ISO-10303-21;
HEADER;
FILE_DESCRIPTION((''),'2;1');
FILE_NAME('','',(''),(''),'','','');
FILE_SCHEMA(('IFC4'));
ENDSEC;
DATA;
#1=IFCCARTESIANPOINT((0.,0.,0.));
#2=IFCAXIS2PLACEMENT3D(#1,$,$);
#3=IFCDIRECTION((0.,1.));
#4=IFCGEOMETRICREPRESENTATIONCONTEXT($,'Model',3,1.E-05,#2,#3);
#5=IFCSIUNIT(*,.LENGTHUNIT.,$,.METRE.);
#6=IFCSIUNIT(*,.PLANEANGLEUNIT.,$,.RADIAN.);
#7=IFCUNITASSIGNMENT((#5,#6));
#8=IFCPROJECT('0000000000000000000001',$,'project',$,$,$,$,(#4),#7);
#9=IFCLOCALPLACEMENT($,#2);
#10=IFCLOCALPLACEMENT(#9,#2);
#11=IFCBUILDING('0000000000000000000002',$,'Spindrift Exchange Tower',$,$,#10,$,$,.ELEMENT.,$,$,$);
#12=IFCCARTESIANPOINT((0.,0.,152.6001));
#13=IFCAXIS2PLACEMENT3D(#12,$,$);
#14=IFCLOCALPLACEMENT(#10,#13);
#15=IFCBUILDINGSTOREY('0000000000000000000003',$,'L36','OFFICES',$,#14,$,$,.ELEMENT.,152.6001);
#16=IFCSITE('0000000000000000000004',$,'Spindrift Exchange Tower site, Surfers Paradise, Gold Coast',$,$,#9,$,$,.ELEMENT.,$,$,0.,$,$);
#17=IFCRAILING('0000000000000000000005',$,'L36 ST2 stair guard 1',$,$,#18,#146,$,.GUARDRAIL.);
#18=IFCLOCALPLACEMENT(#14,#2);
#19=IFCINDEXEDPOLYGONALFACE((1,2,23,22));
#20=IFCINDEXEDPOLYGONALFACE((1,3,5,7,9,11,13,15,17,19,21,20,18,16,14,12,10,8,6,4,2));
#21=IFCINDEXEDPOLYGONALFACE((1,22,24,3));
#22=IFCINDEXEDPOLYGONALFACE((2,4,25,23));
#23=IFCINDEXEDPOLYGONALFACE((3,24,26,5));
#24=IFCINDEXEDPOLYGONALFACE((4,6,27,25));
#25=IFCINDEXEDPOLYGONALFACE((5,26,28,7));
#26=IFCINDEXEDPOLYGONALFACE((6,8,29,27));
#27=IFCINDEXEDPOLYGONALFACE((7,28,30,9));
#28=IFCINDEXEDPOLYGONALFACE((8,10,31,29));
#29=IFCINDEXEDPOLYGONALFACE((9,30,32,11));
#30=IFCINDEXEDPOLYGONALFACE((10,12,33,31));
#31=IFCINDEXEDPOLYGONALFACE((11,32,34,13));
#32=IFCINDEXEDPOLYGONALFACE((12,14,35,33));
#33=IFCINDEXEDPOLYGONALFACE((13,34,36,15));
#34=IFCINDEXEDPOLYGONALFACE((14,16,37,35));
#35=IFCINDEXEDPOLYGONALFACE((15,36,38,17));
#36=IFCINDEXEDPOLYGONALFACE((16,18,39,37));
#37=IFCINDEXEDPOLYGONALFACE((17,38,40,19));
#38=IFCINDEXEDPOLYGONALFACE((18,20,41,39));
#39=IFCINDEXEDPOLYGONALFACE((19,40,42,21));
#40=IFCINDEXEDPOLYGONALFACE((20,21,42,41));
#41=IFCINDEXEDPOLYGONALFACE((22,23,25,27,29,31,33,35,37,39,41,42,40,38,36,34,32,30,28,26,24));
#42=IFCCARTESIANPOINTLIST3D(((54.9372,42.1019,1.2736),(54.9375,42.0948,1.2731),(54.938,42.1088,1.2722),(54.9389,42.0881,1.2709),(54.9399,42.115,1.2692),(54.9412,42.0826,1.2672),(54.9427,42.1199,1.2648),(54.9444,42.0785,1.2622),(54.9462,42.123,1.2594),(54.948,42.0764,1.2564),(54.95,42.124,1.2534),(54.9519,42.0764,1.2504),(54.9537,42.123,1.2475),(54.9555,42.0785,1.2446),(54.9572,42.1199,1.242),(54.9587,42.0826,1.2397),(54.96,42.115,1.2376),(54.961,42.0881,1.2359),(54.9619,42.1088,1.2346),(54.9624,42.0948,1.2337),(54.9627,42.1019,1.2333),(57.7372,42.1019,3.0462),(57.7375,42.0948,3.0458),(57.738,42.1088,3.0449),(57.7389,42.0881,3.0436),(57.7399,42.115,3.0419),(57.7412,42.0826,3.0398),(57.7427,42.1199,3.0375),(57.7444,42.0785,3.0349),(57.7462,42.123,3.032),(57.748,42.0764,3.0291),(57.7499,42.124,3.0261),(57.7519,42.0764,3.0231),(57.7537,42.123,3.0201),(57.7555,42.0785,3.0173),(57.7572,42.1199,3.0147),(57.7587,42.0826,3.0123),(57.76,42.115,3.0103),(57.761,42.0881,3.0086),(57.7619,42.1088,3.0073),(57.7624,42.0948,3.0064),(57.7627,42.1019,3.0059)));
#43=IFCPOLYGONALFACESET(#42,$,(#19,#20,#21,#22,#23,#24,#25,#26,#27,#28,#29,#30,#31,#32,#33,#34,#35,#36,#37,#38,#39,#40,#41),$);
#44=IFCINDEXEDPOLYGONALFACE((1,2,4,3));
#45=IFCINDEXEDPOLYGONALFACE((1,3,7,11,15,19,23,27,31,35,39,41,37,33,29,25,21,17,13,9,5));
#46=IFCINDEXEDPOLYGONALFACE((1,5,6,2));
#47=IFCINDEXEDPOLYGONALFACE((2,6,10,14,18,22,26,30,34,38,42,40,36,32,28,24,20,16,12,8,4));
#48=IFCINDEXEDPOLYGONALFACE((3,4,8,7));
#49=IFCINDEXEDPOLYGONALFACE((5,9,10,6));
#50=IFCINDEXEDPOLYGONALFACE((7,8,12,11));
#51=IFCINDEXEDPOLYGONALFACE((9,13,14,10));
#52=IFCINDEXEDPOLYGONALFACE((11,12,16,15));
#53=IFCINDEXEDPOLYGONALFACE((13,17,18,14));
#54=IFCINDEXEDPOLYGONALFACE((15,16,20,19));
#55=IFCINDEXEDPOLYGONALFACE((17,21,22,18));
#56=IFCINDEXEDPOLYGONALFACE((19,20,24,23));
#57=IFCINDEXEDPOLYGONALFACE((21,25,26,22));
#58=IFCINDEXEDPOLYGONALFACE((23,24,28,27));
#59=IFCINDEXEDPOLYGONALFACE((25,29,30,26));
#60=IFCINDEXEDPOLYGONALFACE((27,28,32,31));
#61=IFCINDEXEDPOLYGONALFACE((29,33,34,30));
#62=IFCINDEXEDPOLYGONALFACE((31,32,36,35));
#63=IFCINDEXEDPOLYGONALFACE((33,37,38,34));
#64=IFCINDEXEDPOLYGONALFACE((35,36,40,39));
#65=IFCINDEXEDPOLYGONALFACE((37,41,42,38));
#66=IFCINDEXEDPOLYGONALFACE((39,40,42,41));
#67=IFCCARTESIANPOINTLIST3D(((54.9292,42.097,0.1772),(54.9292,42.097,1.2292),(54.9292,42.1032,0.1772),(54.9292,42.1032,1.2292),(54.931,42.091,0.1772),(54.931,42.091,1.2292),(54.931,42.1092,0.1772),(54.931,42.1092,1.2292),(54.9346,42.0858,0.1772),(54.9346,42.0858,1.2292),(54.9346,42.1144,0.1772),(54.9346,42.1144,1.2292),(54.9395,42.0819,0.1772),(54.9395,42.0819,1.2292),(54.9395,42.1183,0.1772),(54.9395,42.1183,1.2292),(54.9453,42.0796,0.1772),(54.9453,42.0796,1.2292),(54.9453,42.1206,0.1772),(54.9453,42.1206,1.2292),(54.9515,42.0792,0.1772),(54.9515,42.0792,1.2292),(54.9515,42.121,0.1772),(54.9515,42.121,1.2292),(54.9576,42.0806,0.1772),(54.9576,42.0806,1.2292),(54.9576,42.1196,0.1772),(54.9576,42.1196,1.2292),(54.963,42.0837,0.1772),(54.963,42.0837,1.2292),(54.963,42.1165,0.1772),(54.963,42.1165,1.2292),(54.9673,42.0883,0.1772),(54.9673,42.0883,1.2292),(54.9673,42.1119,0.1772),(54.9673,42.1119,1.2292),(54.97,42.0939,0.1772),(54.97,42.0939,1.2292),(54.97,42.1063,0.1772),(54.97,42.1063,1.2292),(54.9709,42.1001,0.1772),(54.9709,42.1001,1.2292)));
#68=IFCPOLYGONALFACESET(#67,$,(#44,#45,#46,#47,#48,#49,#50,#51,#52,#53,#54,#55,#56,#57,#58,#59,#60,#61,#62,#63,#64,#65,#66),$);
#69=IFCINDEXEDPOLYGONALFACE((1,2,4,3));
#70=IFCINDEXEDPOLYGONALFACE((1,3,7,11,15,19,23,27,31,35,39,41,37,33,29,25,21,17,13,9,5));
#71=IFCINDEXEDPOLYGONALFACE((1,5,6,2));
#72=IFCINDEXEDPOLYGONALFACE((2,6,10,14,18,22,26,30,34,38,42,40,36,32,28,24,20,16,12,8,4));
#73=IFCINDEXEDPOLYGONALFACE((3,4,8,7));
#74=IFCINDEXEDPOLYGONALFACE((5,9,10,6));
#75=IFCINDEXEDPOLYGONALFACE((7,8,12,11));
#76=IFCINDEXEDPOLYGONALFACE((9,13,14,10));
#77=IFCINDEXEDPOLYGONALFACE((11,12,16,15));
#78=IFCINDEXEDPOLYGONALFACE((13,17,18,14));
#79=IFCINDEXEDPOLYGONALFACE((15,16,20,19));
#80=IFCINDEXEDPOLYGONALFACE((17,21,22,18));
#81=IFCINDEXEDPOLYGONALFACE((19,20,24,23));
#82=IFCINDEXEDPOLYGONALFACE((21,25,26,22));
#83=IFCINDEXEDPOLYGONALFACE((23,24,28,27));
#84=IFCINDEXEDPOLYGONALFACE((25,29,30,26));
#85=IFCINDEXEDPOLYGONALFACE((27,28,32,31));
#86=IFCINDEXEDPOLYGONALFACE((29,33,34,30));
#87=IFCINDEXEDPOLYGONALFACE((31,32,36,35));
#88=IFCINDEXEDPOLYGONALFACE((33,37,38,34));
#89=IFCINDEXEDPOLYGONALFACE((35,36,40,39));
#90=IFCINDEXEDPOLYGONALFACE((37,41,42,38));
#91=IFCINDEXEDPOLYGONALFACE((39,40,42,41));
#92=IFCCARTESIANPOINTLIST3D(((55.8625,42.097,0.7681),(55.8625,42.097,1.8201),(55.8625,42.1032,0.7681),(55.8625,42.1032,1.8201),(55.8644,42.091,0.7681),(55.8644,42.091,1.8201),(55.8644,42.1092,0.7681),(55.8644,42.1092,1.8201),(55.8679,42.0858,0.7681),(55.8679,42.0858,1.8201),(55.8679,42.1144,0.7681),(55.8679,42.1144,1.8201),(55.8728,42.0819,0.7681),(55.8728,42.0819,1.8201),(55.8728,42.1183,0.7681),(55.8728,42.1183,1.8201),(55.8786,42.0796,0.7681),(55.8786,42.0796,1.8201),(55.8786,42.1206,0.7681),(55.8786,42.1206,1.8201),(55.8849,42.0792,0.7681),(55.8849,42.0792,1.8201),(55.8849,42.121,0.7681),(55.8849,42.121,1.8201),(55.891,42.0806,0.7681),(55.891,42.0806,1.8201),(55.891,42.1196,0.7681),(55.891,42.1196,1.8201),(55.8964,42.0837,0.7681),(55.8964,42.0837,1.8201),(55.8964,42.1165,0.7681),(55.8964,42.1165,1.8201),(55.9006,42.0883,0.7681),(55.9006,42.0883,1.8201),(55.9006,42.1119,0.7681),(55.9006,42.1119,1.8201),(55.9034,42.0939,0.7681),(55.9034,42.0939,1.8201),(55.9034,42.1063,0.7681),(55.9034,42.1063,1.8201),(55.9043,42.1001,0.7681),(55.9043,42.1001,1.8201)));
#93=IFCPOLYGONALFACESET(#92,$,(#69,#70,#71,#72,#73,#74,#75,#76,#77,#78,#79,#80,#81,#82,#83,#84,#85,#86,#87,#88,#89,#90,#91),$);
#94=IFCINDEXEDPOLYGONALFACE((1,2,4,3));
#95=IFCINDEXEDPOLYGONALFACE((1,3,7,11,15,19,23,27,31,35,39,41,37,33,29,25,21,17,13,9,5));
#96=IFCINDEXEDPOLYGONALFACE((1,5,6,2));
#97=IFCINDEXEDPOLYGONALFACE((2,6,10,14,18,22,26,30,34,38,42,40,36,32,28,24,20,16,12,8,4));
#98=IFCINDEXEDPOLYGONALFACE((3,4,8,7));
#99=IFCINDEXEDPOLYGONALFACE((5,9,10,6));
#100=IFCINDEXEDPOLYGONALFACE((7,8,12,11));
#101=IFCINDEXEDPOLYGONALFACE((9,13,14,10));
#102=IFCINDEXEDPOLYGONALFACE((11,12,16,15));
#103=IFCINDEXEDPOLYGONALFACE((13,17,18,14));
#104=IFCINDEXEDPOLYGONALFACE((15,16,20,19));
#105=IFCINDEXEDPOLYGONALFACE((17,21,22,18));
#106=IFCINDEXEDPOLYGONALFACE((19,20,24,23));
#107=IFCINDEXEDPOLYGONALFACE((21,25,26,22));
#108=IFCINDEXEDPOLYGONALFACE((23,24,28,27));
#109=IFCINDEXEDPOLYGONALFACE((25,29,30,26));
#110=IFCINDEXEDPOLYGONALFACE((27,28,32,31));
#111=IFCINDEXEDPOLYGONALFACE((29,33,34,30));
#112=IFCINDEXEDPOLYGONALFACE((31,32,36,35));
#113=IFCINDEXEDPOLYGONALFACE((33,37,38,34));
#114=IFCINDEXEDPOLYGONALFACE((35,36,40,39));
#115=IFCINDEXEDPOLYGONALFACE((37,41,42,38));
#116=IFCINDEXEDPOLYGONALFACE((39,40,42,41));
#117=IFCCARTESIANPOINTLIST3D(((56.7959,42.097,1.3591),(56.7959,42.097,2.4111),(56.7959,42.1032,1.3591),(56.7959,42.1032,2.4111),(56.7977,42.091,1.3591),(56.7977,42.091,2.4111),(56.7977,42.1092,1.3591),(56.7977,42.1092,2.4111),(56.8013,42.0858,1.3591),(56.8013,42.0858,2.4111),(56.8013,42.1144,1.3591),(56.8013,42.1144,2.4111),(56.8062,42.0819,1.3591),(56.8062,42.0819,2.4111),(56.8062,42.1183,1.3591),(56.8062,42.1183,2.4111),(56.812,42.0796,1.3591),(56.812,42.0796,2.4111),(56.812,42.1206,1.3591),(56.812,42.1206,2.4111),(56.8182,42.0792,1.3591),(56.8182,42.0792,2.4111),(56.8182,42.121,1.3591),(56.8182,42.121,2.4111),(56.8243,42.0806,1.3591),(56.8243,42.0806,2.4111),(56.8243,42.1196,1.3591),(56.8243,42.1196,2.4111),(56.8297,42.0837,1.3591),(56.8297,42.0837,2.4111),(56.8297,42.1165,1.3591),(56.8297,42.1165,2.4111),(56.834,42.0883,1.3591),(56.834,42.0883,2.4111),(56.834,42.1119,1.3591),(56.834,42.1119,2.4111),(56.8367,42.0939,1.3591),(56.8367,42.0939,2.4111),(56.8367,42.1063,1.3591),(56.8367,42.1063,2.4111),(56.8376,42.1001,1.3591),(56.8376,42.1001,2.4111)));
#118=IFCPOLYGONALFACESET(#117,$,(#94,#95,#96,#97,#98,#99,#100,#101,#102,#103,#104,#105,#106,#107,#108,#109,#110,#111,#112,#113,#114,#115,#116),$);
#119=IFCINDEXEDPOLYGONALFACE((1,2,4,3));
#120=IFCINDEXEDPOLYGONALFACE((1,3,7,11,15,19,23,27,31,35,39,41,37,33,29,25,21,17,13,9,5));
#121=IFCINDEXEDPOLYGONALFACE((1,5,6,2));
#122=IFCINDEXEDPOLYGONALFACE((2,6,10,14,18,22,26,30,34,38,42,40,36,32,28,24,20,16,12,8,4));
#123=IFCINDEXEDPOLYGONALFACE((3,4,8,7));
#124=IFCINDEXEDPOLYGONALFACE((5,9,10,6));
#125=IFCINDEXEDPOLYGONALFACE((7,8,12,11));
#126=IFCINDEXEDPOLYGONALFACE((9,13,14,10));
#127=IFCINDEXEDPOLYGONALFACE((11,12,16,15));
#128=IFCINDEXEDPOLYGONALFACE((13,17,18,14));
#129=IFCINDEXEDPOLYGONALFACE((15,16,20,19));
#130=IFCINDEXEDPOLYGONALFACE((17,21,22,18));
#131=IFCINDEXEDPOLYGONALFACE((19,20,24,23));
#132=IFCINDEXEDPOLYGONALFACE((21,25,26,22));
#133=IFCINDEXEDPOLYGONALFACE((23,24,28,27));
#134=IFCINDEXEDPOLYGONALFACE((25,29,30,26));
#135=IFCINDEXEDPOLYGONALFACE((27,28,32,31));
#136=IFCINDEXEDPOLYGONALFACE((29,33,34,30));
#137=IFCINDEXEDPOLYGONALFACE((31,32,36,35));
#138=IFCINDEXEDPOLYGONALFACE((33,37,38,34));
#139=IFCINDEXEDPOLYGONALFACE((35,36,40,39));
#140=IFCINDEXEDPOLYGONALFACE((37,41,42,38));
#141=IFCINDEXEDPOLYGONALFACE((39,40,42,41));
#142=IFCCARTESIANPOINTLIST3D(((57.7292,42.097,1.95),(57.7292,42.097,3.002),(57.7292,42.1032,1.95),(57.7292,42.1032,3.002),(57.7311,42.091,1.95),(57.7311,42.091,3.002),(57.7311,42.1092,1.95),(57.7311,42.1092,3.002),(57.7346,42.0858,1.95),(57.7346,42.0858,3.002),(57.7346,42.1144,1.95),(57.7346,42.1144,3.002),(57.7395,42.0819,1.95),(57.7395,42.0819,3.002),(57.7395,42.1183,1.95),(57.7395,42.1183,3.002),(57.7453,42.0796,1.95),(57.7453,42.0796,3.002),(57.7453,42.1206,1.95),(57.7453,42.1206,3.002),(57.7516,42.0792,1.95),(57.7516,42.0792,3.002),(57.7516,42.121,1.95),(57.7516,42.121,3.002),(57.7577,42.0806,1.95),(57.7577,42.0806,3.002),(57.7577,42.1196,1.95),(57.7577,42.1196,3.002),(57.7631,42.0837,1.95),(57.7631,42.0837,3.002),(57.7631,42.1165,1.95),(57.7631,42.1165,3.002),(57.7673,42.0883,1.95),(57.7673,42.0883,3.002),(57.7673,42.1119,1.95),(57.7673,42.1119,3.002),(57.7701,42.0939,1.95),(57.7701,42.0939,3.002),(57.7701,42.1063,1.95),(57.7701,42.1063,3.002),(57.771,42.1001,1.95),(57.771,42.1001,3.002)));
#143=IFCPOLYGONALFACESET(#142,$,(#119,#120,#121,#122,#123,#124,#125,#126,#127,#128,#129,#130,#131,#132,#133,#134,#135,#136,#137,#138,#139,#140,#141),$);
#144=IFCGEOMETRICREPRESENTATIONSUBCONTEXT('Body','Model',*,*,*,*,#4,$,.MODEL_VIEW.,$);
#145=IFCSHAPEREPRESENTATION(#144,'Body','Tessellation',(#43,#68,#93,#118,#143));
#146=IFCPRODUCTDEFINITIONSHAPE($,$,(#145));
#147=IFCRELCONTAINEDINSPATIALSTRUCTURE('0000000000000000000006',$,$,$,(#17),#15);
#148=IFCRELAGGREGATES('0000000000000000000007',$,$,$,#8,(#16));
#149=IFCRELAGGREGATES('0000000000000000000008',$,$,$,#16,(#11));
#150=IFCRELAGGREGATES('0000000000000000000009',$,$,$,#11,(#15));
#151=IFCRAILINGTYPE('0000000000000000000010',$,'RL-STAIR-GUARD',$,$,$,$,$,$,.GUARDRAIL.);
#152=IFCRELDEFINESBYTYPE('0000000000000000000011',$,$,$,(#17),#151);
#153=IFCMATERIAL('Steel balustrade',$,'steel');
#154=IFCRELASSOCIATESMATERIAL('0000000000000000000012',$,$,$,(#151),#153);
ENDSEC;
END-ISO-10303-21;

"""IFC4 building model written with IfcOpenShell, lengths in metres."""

from ifc_helpers import new_model, si_unit, direction, frame, origin, origin_2d, place, context, subcontext, project, spatial, circle, extrude, material, type_object, element, save


model = new_model("IFC4")

# Units and contexts
model_context = context("Model", 3, precision=1e-05, world=origin(), true_north=direction((0.0, 1.0)))
body_context = subcontext(model_context, "Body", "Model", "MODEL_VIEW")
ifc_project = project(units=[si_unit("LENGTHUNIT", "METRE"), si_unit("PLANEANGLEUNIT", "RADIAN")], contexts=[model_context])

# Site, building, storey
site_placement = place(None, origin())
site = spatial("IfcSite", under=ifc_project, at=site_placement, Name="Spindrift Exchange Tower site, Surfers Paradise, Gold Coast", CompositionType="ELEMENT", RefElevation=0.0)
building_placement = place(site_placement, origin())
building = spatial("IfcBuilding", under=site, at=building_placement, Name="Spindrift Exchange Tower", CompositionType="ELEMENT")
storey_placement = place(building_placement, frame((0.0, 0.0, 152.6001)))
storey = spatial("IfcBuildingStorey", under=building, at=storey_placement, Name="L36", Description="OFFICES", CompositionType="ELEMENT", Elevation=152.6001)

# Railing
ifc_material_1 = material(Name="Steel balustrade", Category="steel")
railing_type_1 = type_object("IfcRailingType", Name="RL-STAIR-GUARD", PredefinedType="GUARDRAIL", material=ifc_material_1)
railing_1_placement = place(storey_placement, frame((54.95, 42.1001, 0.1772)))
element("IfcRailing", 1, at=railing_1_placement, inside=storey, type_object=railing_type_1, Name="L36 ST2 stair guard 1", PredefinedType="GUARDRAIL", context=body_context, shape_type="SweptSolid", body=[
    extrude(circle(Radius=0.0239, at=origin_2d()), frame((0.0, 0.0, 1.0762), z_axis=(0.844909, 0.0, 0.53491), x_axis=(0.0, 1.0, 0.0)), (0.0, 0.0, 1.0), 3.314),
    extrude(circle(Radius=0.021, at=origin_2d()), origin(), (0.0, 0.0, 1.0), 1.052),
    extrude(circle(Radius=0.021, at=origin_2d()), frame((0.9333, 0.0, 0.5908)), (0.0, 0.0, 1.0), 1.052),
    extrude(circle(Radius=0.021, at=origin_2d()), frame((1.8667, 0.0, 1.1819)), (0.0, 0.0, 1.0), 1.052),
    extrude(circle(Radius=0.021, at=origin_2d()), frame((2.8, 0.0, 1.7727)), (0.0, 0.0, 1.0), 1.052),
])

save(model, "model.ifc")
